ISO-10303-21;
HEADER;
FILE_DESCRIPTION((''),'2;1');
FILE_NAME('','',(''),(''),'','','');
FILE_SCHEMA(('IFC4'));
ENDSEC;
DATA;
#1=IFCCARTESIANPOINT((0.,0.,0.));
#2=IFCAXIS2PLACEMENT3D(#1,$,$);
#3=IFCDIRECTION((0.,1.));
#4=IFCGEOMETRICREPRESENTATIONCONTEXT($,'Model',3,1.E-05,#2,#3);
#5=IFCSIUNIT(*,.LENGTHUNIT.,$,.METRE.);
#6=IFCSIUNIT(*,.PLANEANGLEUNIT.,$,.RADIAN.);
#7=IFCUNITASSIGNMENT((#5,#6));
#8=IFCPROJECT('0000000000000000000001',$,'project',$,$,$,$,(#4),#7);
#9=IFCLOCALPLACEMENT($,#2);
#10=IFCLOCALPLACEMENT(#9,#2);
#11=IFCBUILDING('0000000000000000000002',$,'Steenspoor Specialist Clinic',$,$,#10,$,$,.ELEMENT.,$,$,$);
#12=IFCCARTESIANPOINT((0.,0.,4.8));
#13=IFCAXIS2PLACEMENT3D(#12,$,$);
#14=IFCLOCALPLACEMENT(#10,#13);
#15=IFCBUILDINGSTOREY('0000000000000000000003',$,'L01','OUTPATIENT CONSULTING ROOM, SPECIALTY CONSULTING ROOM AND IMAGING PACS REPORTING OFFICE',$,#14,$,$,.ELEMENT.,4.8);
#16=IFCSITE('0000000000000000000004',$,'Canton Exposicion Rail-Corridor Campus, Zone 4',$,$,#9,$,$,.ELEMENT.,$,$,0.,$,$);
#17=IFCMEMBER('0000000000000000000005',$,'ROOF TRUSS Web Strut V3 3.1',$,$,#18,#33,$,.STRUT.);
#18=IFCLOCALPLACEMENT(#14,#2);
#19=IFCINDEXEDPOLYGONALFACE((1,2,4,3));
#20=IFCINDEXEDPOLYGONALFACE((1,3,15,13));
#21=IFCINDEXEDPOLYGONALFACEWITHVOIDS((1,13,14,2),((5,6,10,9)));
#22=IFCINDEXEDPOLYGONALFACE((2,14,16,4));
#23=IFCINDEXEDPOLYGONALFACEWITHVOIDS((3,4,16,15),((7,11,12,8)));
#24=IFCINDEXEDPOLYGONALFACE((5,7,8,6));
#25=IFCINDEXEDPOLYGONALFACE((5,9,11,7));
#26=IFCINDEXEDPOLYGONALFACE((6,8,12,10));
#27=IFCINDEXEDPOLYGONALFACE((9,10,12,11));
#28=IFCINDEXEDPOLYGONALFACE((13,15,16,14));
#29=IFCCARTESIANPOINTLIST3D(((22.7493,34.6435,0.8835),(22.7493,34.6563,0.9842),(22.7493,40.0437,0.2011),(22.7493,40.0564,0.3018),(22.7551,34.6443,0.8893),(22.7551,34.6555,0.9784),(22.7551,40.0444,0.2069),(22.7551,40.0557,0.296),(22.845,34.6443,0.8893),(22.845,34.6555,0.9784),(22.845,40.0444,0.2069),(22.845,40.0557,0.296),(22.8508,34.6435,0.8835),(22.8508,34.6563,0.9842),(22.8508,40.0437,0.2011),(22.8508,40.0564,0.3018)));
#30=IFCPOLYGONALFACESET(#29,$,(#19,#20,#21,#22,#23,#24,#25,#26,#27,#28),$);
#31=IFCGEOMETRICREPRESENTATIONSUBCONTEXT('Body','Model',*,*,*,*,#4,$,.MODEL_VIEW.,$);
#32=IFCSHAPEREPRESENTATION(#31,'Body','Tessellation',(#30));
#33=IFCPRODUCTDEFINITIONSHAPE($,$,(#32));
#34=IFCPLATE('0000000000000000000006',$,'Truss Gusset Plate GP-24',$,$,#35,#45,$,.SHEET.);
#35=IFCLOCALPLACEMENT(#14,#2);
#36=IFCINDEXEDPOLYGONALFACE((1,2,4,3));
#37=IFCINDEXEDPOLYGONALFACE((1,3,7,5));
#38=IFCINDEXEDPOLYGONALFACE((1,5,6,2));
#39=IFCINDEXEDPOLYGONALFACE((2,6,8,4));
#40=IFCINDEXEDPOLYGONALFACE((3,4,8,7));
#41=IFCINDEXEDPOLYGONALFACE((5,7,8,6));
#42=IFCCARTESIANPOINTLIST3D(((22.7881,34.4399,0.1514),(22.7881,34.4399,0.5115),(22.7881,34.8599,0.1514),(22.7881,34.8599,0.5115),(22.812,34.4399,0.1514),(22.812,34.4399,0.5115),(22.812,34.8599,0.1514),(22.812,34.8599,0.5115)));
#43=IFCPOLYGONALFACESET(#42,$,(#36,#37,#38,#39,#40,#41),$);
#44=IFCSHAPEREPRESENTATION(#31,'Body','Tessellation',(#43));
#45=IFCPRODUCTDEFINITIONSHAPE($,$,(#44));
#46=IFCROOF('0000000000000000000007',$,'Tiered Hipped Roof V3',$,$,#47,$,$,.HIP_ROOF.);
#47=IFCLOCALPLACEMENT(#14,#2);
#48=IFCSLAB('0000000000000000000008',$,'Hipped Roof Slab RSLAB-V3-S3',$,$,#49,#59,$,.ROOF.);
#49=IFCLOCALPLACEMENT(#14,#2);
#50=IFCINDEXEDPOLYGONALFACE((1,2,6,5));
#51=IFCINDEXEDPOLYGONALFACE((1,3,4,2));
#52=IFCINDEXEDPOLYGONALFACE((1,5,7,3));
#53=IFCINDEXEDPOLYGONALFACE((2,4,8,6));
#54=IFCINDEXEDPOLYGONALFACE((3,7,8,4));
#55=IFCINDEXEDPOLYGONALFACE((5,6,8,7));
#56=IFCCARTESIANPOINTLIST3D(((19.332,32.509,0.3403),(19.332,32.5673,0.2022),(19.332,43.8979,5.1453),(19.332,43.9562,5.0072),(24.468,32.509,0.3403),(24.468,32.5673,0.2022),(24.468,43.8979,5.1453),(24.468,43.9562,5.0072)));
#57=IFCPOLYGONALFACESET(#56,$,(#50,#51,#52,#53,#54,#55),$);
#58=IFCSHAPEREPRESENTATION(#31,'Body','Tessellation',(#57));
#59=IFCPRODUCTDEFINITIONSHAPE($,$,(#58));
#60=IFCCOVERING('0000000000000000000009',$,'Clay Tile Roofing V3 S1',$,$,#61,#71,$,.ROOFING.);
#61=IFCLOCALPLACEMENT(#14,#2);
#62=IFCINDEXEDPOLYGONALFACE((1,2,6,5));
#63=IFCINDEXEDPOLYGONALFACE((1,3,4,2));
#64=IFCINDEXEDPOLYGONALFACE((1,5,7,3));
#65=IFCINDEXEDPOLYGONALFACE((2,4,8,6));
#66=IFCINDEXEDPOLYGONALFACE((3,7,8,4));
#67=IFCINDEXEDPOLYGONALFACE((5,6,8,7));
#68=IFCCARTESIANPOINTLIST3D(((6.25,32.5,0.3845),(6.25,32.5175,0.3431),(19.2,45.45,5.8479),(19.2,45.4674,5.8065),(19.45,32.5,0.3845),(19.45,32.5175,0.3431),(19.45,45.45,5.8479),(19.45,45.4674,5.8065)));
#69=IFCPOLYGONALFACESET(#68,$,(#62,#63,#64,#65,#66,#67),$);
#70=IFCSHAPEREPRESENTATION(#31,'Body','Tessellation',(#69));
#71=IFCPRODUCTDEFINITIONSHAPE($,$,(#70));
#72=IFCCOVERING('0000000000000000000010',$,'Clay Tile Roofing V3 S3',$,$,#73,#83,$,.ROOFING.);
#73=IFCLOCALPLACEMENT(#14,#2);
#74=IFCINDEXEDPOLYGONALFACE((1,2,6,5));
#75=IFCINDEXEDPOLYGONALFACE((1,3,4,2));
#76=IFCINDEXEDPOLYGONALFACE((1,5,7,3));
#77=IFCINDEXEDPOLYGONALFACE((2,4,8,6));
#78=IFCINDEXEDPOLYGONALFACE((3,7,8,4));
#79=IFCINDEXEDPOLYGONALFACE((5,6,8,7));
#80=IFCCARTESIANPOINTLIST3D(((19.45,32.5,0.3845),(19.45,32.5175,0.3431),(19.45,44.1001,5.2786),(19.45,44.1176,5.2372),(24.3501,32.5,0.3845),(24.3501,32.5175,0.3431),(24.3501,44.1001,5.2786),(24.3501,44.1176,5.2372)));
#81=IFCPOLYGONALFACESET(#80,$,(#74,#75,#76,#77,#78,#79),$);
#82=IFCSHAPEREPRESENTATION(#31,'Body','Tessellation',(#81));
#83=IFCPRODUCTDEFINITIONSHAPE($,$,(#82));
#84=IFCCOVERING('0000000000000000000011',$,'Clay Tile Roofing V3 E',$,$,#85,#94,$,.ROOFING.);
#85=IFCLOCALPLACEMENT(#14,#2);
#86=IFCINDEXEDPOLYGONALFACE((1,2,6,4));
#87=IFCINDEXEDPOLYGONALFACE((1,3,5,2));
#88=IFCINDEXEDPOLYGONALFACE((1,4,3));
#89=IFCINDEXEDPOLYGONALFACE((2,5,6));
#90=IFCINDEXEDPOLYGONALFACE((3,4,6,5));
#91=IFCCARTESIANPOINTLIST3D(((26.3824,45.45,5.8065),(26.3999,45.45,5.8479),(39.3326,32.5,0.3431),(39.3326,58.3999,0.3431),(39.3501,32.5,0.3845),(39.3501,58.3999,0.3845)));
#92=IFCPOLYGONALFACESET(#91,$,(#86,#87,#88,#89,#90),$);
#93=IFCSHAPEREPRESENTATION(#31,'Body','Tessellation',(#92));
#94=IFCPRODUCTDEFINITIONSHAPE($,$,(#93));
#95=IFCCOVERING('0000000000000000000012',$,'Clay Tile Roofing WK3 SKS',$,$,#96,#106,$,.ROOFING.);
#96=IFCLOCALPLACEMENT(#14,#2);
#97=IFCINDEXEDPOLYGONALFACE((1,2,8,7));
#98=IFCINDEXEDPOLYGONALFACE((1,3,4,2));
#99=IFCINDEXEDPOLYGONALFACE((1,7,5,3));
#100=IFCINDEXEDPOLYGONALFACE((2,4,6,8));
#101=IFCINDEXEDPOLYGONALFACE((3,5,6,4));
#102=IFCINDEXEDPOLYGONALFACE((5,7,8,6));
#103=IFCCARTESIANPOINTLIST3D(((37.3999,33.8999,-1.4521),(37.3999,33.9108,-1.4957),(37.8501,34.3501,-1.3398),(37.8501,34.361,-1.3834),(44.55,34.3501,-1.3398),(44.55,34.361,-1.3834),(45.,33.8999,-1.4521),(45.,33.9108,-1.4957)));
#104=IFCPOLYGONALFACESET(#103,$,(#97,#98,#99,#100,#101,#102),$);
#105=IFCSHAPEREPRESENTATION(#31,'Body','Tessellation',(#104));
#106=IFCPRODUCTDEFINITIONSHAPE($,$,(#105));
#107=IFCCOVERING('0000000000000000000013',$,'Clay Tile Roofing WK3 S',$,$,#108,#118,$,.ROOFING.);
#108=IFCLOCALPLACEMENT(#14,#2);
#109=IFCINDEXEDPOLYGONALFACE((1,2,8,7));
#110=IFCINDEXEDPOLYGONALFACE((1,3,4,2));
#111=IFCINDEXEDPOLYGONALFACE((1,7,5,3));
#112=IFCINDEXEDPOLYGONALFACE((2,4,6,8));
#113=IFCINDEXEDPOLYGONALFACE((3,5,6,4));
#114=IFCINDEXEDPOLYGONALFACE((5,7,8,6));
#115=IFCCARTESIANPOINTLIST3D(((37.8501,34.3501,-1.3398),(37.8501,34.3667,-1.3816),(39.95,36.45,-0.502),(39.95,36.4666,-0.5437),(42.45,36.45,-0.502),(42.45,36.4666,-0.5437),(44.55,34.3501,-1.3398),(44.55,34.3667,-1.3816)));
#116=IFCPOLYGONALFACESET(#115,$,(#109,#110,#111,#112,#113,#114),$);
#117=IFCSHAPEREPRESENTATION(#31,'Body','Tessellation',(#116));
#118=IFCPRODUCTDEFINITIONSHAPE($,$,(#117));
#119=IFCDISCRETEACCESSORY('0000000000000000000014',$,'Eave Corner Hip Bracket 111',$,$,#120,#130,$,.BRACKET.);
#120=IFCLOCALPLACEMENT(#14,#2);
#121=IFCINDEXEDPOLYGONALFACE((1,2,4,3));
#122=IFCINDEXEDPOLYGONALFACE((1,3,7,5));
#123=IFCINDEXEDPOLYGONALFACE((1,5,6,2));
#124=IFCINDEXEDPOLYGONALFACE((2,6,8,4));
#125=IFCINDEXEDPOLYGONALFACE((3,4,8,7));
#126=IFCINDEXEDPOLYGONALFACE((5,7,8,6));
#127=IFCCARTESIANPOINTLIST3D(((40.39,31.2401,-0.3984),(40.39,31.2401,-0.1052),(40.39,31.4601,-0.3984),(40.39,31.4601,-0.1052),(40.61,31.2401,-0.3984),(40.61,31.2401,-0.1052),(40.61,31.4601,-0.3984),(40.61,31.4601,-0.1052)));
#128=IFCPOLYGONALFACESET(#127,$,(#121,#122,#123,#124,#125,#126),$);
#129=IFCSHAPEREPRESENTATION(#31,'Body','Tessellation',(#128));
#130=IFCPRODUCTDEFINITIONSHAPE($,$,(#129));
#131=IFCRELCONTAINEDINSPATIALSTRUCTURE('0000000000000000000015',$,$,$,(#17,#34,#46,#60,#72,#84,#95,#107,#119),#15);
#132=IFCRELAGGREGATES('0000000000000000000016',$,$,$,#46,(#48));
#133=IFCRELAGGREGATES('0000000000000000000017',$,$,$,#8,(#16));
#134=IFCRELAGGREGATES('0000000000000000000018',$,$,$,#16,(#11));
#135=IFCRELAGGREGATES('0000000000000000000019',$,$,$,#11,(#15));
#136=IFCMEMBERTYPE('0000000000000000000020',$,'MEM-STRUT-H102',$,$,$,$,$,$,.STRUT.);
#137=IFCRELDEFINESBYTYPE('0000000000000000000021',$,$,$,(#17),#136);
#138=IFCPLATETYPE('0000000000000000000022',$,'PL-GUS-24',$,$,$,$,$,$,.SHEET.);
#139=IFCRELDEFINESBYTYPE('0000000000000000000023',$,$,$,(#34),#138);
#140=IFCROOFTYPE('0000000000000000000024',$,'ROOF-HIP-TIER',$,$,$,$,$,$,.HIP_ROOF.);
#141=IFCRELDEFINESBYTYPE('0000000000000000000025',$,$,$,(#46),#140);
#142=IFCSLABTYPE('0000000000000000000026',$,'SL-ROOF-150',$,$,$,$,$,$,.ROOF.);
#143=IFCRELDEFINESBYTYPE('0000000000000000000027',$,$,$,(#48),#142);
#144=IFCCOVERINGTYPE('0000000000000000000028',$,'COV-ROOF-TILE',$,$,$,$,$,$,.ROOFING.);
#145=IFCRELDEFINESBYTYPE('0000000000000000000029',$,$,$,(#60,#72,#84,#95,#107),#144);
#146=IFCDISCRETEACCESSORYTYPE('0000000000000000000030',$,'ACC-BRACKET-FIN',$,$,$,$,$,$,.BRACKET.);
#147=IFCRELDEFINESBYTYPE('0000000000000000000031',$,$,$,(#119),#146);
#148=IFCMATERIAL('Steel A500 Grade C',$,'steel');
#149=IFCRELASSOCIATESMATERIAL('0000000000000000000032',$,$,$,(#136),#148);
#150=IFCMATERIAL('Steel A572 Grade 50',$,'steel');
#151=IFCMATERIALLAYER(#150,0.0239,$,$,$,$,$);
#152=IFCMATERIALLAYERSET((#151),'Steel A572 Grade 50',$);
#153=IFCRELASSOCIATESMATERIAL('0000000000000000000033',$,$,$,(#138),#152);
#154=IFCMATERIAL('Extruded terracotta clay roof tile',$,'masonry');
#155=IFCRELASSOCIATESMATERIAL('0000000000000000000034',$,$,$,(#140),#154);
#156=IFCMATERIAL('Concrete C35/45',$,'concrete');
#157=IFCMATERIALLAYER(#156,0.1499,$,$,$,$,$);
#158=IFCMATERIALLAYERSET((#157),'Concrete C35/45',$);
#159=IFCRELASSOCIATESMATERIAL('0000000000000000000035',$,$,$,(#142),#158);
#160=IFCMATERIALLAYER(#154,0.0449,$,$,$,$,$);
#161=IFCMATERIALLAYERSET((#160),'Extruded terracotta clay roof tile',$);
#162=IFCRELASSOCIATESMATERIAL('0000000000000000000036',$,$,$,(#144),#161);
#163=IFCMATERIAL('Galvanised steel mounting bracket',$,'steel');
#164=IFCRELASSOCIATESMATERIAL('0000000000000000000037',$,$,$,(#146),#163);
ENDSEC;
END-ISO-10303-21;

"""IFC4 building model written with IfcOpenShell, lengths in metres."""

from ifc_helpers import new_model, si_unit, direction, frame, origin, origin_2d, place, context, subcontext, project, spatial, polyline, rectangle, hollow_rectangle, outline, extrude, material, layer, layer_set, material_profile, profile_set, type_object, element, aggregate, save


model = new_model("IFC4")

# Units and contexts
model_context = context("Model", 3, precision=1e-05, world=origin(), true_north=direction((0.0, 1.0)))
body_context = subcontext(model_context, "Body", "Model", "MODEL_VIEW")
ifc_project = project(units=[si_unit("LENGTHUNIT", "METRE"), si_unit("PLANEANGLEUNIT", "RADIAN")], contexts=[model_context])

# Site, building, storey
site_placement = place(None, origin())
site = spatial("IfcSite", under=ifc_project, at=site_placement, Name="Canton Exposicion Rail-Corridor Campus, Zone 4", CompositionType="ELEMENT", RefElevation=0.0)
building_placement = place(site_placement, origin())
building = spatial("IfcBuilding", under=site, at=building_placement, Name="Steenspoor Specialist Clinic", CompositionType="ELEMENT")
storey_placement = place(building_placement, frame((0.0, 0.0, 4.8)))
storey = spatial("IfcBuildingStorey", under=building, at=storey_placement, Name="L01", Description="OUTPATIENT CONSULTING ROOM, SPECIALTY CONSULTING ROOM AND IMAGING PACS REPORTING OFFICE", CompositionType="ELEMENT", Elevation=4.8)

# Member
ifc_material_1 = material(Name="Steel A500 Grade C", Category="steel")
ifc_material_profile_1 = material_profile(ifc_material_1, hollow_rectangle(XDim=0.1016, YDim=0.1016, WallThickness=0.0059, at=origin_2d()), Name="HSS102X102X6.4")
ifc_profile_set_1 = profile_set([ifc_material_profile_1], Name="Steel A500 Grade C")
member_type_1 = type_object("IfcMemberType", Name="MEM-STRUT-H102", PredefinedType="STRUT", material=ifc_profile_set_1)
member_1_placement = place(storey_placement, frame((22.8, 34.6499, 0.9338), z_axis=(0.0, 0.992111, -0.125365), x_axis=(-1.0, 0.0, 0.0)))
element("IfcMember", 1, at=member_1_placement, inside=storey, type_object=member_type_1, Name="ROOF TRUSS Web Strut V3 3.1", PredefinedType="STRUT", context=body_context, shape_type="SweptSolid", body=[
    extrude(hollow_rectangle(XDim=0.1016, YDim=0.1016, WallThickness=0.0059, at=origin_2d()), origin(), (0.0, 0.0, 1.0), 5.4431),
])

# Plate
ifc_material_2 = material(Name="Steel A572 Grade 50", Category="steel")
ifc_layer_1 = layer(ifc_material_2, 0.0239)
ifc_layer_set_1 = layer_set([ifc_layer_1], Name="Steel A572 Grade 50")
plate_type = type_object("IfcPlateType", Name="PL-GUS-24", PredefinedType="SHEET", material=ifc_layer_set_1)
plate_placement = place(storey_placement, frame((22.8, 34.6499, 0.1514), z_axis=(0.0, 0.0, 1.0), x_axis=(1.0, 0.0, 0.0)))
element("IfcPlate", 2, at=plate_placement, inside=storey, type_object=plate_type, Name="Truss Gusset Plate GP-24", PredefinedType="SHEET", context=body_context, shape_type="SweptSolid", body=[
    extrude(rectangle(XDim=0.0239, YDim=0.4199, at=origin_2d()), origin(), (0.0, 0.0, 1.0), 0.3601),
])

# Roof, slab
ifc_material_3 = material(Name="Extruded terracotta clay roof tile", Category="masonry")
roof_type = type_object("IfcRoofType", Name="ROOF-HIP-TIER", PredefinedType="HIP_ROOF", material=ifc_material_3)
roof_1_placement = place(storey_placement, origin())
roof_1 = element("IfcRoof", 3, at=roof_1_placement, inside=storey, type_object=roof_type, Name="Tiered Hipped Roof V3", PredefinedType="HIP_ROOF")
ifc_material_4 = material(Name="Concrete C35/45", Category="concrete")
ifc_layer_2 = layer(ifc_material_4, 0.1499)
ifc_layer_set_2 = layer_set([ifc_layer_2], Name="Concrete C35/45")
slab_type = type_object("IfcSlabType", Name="SL-ROOF-150", PredefinedType="ROOF", material=ifc_layer_set_2)
slab_1_placement = place(storey_placement, frame((19.332, 32.509, 0.3403), z_axis=(0.0, -0.388716, 0.921357), x_axis=(1.0, 0.0, 0.0)))
slab_1 = element("IfcSlab", 4, at=slab_1_placement, type_object=slab_type, Name="Hipped Roof Slab RSLAB-V3-S3", PredefinedType="ROOF", context=body_context, shape_type="SweptSolid", body=[
    extrude(outline(polyline([(0.0, 0.0), (5.136, 0.0), (5.136, 12.361), (0.0, 12.361), (0.0, 0.0)])), origin(), (0.0, 0.0, -1.0), 0.1499),
])
aggregate(roof_1, [slab_1])

# Coverings
ifc_layer_3 = layer(ifc_material_3, 0.0449)
ifc_layer_set_3 = layer_set([ifc_layer_3], Name="Extruded terracotta clay roof tile")
covering_type = type_object("IfcCoveringType", Name="COV-ROOF-TILE", PredefinedType="ROOFING", material=ifc_layer_set_3)
covering_1_placement = place(storey_placement, frame((19.45, 32.5, 0.3845), z_axis=(0.0, -0.388708, 0.921361), x_axis=(0.0, 0.921361, 0.388708)))
element("IfcCovering", 5, at=covering_1_placement, inside=storey, type_object=covering_type, Name="Clay Tile Roofing V3 S1", PredefinedType="ROOFING", context=body_context, shape_type="SweptSolid", body=[
    extrude(outline(polyline([(0.0, 0.0), (14.0552, 0.0), (14.0552, 0.25), (0.0, 13.2), (0.0, 0.0)])), origin(), (0.0, 0.0, -1.0), 0.0449),
])
covering_2_placement = place(storey_placement, frame((24.3501, 32.5, 0.3845), z_axis=(0.0, -0.388717, 0.921357), x_axis=(0.0, 0.921357, 0.388717)))
element("IfcCovering", 6, at=covering_2_placement, inside=storey, type_object=covering_type, Name="Clay Tile Roofing V3 S3", PredefinedType="ROOFING", context=body_context, shape_type="SweptSolid", body=[
    extrude(outline(polyline([(0.0, 0.0), (12.5902, 0.0), (12.5902, 4.9001), (0.0, 4.9001), (0.0, 0.0)])), origin(), (0.0, 0.0, -1.0), 0.0449),
])
covering_3_placement = place(storey_placement, frame((39.3501, 32.5, 0.3845), z_axis=(0.388701, 0.0, 0.921364), x_axis=(0.0, 1.0, 0.0)))
element("IfcCovering", 7, at=covering_3_placement, inside=storey, type_object=covering_type, Name="Clay Tile Roofing V3 E", PredefinedType="ROOFING", context=body_context, shape_type="SweptSolid", body=[
    extrude(outline(polyline([(0.0, 0.0), (25.8999, 0.0), (12.95, 14.0555), (0.0, 0.0)])), origin(), (0.0, 0.0, -1.0), 0.0449),
])
covering_4_placement = place(storey_placement, frame((37.3999, 33.8999, -1.4521), z_axis=(0.0, -0.24204, 0.970266), x_axis=(1.0, 0.0, 0.0)))
element("IfcCovering", 8, at=covering_4_placement, inside=storey, type_object=covering_type, Name="Clay Tile Roofing WK3 SKS", PredefinedType="ROOFING", context=body_context, shape_type="SweptSolid", body=[
    extrude(outline(polyline([(0.0, 0.0), (7.6001, 0.0), (7.1501, 0.464), (0.4502, 0.464), (0.0, 0.0)])), origin(), (0.0, 0.0, -1.0), 0.0449),
])
covering_5_placement = place(storey_placement, frame((37.8501, 34.3501, -1.3398), z_axis=(0.0, -0.370609, 0.928789), x_axis=(1.0, 0.0, 0.0)))
element("IfcCovering", 9, at=covering_5_placement, inside=storey, type_object=covering_type, Name="Clay Tile Roofing WK3 S", PredefinedType="ROOFING", context=body_context, shape_type="SweptSolid", body=[
    extrude(outline(polyline([(0.0, 0.0), (6.7, 0.0), (4.5999, 2.2609), (2.0999, 2.2609), (0.0, 0.0)])), origin(), (0.0, 0.0, -1.0), 0.0449),
])

# Discrete accessory
ifc_material_5 = material(Name="Galvanised steel mounting bracket", Category="steel")
discrete_accessory_type = type_object("IfcDiscreteAccessoryType", Name="ACC-BRACKET-FIN", PredefinedType="BRACKET", material=ifc_material_5)
discrete_accessory_placement = place(storey_placement, frame((40.5, 31.3501, -0.3984), z_axis=(0.0, 0.0, 1.0), x_axis=(1.0, 0.0, 0.0)))
element("IfcDiscreteAccessory", 10, at=discrete_accessory_placement, inside=storey, type_object=discrete_accessory_type, Name="Eave Corner Hip Bracket 111", PredefinedType="BRACKET", context=body_context, shape_type="SweptSolid", body=[
    extrude(rectangle(XDim=0.22, YDim=0.22, at=origin_2d()), origin(), (0.0, 0.0, 1.0), 0.2932),
])

save(model, "model.ifc")
